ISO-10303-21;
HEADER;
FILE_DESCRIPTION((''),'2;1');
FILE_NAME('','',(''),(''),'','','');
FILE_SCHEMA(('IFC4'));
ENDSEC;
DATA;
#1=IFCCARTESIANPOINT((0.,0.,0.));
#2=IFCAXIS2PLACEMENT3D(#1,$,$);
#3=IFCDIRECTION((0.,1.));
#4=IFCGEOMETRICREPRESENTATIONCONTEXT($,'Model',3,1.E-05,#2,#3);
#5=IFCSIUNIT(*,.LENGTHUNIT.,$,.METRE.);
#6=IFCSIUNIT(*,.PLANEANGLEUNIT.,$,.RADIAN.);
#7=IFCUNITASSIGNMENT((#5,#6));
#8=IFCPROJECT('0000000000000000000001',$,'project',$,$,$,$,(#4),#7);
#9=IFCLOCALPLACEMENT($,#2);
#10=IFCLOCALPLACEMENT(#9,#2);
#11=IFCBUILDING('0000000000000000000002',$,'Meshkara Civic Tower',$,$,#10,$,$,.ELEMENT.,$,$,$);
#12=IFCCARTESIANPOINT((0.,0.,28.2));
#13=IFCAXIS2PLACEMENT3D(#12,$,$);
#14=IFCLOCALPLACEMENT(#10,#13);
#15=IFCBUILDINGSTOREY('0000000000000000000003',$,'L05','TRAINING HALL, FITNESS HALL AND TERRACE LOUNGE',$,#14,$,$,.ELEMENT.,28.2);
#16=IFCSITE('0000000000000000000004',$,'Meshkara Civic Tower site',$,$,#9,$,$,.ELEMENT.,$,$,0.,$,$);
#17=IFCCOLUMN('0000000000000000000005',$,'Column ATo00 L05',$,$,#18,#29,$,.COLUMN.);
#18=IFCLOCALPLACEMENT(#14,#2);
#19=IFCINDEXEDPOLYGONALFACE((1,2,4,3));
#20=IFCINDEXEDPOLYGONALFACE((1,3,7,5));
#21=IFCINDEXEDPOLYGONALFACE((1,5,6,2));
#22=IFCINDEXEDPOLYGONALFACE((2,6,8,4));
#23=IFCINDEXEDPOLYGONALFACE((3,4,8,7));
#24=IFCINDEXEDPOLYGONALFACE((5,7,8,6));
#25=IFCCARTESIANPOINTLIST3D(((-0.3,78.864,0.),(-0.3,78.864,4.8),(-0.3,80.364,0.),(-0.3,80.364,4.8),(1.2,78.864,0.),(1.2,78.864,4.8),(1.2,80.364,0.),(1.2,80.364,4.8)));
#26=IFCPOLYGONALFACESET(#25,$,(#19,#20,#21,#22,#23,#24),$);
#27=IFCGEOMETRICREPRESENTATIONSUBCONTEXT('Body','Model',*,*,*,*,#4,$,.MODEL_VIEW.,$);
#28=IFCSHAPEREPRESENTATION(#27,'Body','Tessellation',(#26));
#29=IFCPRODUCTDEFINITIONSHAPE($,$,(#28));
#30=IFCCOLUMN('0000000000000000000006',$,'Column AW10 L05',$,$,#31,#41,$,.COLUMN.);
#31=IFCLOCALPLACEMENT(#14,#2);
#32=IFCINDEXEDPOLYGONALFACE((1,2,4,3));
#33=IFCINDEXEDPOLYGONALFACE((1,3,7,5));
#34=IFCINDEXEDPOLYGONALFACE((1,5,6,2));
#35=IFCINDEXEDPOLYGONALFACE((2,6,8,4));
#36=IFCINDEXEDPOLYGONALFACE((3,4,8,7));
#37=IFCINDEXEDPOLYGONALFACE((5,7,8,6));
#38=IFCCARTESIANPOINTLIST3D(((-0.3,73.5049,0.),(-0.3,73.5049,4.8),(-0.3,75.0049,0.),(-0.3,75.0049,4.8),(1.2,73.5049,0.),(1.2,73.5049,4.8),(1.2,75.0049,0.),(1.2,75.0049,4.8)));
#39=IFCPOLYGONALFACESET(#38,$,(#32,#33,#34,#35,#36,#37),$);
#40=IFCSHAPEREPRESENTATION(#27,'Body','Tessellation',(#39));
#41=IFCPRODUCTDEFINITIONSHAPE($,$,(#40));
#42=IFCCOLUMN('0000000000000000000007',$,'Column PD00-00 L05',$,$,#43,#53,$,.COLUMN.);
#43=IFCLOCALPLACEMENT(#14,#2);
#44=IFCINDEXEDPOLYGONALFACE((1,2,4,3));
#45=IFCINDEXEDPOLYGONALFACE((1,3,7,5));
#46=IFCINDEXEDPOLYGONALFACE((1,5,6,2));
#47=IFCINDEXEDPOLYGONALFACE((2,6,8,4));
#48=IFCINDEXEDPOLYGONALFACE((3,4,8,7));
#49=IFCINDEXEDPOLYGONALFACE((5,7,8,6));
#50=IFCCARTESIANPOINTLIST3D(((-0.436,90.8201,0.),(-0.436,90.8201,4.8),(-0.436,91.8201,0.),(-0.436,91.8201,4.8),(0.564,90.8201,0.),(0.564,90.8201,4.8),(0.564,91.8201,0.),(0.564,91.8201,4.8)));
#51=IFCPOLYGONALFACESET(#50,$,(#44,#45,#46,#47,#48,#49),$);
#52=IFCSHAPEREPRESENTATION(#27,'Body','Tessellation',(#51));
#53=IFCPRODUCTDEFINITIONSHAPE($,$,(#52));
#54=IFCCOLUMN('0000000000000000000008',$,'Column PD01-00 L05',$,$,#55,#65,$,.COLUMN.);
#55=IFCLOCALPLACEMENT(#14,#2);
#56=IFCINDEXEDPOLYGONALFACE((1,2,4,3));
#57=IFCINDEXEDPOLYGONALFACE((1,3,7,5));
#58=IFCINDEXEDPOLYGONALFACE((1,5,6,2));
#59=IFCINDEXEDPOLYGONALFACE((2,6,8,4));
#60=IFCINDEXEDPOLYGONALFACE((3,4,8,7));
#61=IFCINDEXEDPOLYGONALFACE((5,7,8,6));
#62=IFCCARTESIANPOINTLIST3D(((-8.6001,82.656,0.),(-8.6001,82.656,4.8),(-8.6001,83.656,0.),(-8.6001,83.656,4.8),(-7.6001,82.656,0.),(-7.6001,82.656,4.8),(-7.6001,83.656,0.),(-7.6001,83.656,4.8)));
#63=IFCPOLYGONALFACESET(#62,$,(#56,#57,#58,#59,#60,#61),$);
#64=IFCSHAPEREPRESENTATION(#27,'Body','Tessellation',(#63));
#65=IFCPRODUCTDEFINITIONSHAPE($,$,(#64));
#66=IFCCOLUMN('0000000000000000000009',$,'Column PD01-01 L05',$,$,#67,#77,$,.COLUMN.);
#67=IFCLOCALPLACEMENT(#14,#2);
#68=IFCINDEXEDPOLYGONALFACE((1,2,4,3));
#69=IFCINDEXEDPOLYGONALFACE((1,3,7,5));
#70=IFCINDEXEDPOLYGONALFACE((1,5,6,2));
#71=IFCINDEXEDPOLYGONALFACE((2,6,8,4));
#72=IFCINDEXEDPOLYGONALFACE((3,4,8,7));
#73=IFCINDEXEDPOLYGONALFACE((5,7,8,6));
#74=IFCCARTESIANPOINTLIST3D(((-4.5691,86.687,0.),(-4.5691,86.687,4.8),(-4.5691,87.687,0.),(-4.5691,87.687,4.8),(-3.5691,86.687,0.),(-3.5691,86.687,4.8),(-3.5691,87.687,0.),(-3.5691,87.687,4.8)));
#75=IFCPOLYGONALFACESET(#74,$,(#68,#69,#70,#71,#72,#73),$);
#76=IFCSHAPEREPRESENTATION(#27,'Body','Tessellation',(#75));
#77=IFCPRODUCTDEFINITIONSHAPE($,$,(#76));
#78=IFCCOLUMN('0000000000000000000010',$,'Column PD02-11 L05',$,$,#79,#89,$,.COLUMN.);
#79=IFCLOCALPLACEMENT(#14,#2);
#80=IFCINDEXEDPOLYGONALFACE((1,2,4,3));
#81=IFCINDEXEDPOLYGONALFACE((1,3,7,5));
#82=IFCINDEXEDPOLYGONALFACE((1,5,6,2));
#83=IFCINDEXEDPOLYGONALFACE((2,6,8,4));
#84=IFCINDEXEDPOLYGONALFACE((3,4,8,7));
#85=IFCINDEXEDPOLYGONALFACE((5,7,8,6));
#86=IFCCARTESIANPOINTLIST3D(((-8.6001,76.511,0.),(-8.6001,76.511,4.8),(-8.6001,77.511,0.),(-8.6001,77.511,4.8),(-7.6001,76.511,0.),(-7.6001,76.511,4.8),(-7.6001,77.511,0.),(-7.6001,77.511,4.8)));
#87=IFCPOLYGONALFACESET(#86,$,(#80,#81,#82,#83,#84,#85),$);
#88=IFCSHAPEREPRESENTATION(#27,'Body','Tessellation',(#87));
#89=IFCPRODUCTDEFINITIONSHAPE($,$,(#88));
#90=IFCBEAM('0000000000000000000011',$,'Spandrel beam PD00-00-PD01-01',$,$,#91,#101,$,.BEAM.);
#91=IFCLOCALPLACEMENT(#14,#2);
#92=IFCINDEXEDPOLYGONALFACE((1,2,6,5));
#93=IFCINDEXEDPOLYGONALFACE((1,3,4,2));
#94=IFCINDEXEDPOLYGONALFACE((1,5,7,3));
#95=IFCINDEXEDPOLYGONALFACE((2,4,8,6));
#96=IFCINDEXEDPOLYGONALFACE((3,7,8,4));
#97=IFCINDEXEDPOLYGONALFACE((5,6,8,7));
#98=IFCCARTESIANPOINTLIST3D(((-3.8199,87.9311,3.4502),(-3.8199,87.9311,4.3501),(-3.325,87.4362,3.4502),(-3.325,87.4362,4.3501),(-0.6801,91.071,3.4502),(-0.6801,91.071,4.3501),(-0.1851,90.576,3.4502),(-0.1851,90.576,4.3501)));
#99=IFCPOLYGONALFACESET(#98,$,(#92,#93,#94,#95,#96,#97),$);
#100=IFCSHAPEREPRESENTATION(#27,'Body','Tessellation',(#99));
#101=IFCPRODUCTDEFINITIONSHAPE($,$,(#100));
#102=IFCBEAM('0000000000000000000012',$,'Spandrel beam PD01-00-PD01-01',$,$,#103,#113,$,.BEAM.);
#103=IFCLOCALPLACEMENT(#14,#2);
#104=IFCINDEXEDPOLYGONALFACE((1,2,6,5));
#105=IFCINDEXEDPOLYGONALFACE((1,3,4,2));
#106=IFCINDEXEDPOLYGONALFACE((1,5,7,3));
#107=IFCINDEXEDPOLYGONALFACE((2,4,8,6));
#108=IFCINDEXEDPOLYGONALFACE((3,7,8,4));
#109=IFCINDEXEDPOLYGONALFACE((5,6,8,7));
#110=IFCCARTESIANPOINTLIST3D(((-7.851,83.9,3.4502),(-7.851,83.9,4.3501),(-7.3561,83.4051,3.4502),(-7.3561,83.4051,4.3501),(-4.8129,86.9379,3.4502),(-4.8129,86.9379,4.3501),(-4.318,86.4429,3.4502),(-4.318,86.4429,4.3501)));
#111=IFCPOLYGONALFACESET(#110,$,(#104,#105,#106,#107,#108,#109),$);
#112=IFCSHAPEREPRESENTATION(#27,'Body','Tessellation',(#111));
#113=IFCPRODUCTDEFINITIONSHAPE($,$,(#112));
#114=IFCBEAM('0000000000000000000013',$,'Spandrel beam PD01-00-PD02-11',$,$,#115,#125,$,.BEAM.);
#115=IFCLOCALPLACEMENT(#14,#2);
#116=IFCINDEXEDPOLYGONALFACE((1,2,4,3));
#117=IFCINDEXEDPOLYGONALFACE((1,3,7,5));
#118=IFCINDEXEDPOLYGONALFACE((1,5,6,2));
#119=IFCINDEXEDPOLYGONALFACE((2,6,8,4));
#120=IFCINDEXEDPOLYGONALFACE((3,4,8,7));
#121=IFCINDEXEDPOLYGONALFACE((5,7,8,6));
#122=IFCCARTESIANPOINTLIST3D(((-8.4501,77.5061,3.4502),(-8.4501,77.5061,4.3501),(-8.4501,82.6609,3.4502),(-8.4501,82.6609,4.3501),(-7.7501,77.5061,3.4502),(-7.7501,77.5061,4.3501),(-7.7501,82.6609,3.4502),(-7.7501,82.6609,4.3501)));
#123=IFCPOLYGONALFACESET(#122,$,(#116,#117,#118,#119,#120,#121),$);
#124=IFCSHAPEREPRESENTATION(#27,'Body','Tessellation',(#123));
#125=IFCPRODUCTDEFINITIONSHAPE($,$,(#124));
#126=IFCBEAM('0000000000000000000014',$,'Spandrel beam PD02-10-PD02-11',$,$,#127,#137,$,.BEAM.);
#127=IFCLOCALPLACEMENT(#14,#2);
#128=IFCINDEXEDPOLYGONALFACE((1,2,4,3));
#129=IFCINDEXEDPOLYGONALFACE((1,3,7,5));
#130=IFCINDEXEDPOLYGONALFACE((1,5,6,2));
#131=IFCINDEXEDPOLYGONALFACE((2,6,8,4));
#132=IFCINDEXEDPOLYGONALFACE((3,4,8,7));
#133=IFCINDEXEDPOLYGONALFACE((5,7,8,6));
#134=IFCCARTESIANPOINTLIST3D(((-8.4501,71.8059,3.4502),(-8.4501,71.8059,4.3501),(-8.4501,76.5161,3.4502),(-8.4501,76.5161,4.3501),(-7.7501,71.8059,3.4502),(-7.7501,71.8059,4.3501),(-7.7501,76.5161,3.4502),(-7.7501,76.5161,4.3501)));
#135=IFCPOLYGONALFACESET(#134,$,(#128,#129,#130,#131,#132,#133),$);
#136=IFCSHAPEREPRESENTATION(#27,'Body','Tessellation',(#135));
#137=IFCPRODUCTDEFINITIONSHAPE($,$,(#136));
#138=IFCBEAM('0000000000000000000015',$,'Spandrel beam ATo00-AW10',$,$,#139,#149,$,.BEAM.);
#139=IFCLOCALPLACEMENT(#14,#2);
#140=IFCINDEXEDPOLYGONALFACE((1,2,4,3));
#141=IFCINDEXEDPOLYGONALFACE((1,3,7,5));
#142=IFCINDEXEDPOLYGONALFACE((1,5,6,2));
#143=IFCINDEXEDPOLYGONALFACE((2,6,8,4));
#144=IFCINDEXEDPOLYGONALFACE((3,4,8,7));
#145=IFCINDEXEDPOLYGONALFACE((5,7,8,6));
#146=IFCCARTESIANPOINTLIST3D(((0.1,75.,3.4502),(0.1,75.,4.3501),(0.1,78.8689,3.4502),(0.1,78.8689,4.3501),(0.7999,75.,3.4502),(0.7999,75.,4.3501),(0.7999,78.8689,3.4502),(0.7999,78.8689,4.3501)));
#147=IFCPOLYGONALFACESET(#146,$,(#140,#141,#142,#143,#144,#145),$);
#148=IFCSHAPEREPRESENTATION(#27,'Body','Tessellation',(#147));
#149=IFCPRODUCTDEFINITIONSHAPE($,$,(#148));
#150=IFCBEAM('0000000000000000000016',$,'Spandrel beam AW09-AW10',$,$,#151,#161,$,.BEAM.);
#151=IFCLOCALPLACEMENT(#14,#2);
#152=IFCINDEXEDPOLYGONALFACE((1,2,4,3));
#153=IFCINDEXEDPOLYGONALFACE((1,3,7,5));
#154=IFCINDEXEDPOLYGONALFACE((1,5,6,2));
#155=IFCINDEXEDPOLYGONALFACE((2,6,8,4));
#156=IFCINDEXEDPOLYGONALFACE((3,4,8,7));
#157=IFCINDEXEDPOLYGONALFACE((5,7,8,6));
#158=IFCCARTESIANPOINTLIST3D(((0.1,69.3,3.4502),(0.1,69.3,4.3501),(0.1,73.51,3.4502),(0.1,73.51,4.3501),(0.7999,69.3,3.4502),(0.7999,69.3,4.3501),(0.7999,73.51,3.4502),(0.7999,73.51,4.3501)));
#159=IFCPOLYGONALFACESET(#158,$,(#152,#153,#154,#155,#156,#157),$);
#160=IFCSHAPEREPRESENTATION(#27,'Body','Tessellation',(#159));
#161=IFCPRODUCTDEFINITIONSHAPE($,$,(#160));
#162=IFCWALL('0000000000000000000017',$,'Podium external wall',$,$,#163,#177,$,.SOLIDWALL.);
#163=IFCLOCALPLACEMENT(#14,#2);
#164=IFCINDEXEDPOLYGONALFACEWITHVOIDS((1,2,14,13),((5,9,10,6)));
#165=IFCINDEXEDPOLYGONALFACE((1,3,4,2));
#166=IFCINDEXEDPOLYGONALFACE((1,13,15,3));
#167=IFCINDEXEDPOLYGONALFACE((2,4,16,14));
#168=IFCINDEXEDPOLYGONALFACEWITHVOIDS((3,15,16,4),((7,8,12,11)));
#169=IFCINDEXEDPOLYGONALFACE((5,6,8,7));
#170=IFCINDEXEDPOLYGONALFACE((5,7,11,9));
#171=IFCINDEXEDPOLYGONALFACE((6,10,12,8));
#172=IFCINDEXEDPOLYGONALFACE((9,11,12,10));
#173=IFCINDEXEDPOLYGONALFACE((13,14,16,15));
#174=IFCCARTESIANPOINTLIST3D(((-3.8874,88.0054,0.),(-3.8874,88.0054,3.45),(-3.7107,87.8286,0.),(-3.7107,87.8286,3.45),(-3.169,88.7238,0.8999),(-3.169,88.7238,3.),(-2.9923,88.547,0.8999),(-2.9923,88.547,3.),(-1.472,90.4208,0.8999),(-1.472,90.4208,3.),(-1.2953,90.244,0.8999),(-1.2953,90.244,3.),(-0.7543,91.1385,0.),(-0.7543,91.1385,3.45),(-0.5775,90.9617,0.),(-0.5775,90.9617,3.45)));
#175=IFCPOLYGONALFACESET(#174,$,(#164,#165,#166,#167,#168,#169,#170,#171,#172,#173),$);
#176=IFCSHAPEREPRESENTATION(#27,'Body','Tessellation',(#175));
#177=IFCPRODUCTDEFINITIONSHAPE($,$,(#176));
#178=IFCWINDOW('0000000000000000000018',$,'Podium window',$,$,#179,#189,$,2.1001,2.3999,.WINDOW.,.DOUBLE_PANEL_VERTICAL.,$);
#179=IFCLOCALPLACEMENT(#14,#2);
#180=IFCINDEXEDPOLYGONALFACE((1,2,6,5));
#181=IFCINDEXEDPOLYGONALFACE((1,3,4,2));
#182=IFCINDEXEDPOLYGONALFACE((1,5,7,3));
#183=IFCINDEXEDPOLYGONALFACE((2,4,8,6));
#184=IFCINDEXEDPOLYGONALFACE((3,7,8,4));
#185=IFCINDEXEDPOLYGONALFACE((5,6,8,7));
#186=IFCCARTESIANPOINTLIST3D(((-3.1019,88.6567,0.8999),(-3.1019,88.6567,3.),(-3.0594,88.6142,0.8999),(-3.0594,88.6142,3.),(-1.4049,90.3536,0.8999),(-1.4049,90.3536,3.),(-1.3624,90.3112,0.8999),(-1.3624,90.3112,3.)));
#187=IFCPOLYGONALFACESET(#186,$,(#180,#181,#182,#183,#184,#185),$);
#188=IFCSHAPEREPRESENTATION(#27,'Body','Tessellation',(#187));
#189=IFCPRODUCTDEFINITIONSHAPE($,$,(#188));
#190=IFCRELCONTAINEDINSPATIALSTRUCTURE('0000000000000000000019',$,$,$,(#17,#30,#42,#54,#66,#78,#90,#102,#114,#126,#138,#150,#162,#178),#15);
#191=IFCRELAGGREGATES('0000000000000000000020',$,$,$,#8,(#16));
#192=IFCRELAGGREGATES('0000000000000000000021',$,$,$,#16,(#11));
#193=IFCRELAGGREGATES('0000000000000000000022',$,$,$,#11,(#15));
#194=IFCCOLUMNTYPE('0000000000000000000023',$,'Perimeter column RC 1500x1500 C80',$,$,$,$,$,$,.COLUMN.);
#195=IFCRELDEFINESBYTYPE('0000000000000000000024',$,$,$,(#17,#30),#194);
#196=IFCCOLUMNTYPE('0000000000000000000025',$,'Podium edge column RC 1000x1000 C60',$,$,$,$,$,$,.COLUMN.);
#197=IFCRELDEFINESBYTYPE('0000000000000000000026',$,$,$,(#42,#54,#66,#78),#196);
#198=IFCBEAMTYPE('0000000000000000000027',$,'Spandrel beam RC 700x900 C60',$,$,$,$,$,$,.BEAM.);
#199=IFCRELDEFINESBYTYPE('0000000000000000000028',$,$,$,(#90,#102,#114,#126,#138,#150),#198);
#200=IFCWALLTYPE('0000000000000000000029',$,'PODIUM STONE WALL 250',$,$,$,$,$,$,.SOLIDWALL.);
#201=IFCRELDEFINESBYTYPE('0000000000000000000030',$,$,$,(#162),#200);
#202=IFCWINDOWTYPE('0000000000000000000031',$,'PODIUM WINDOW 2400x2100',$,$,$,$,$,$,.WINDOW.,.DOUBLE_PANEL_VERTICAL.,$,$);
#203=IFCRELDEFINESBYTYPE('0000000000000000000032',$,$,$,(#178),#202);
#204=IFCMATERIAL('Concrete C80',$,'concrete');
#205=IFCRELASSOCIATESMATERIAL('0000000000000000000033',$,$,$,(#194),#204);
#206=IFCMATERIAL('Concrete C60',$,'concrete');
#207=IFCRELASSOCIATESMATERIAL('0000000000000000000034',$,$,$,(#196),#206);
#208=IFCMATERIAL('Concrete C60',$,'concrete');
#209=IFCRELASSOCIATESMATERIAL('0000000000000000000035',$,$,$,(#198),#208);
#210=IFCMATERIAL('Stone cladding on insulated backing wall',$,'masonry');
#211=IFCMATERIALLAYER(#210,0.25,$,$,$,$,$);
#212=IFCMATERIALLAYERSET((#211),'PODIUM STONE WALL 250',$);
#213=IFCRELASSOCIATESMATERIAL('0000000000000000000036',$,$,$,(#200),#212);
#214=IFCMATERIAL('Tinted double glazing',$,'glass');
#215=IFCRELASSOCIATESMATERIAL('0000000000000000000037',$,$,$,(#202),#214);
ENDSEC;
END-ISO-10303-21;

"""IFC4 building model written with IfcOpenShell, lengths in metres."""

from ifc_helpers import new_model, si_unit, direction, frame, frame_2d, origin, origin_2d, place, context, subcontext, project, spatial, rectangle, extrude, material, layer, layer_set, material_profile, profile_set, type_object, element, fill, save


model = new_model("IFC4")

# Units and contexts
model_context = context("Model", 3, precision=1e-05, world=origin(), true_north=direction((0.0, 1.0)))
body_context = subcontext(model_context, "Body", "Model", "MODEL_VIEW")
ifc_project = project(units=[si_unit("LENGTHUNIT", "METRE"), si_unit("PLANEANGLEUNIT", "RADIAN")], contexts=[model_context])

# Site, building, storey
site_placement = place(None, origin())
site = spatial("IfcSite", under=ifc_project, at=site_placement, Name="Meshkara Civic Tower site", CompositionType="ELEMENT", RefElevation=0.0)
building_placement = place(site_placement, origin())
building = spatial("IfcBuilding", under=site, at=building_placement, Name="Meshkara Civic Tower", CompositionType="ELEMENT")
storey_placement = place(building_placement, frame((0.0, 0.0, 28.2)))
storey = spatial("IfcBuildingStorey", under=building, at=storey_placement, Name="L05", Description="TRAINING HALL, FITNESS HALL AND TERRACE LOUNGE", CompositionType="ELEMENT", Elevation=28.2)

# Columns
ifc_material_1 = material(Name="Concrete C80", Category="concrete")
ifc_material_profile_1 = material_profile(ifc_material_1, rectangle(XDim=1.5, YDim=1.5, at=origin_2d()))
ifc_profile_set_1 = profile_set([ifc_material_profile_1], Name="Concrete C80")
column_type_1 = type_object("IfcColumnType", Name="Perimeter column RC 1500x1500 C80", PredefinedType="COLUMN", material=ifc_profile_set_1)
for number, where, z_axis, x_axis, name in (
    (1, (0.45, 79.614, 0.0), (0.0, 0.0, 1.0), (1.0, 0.0, 0.0), "Column ATo00 L05"),
    (2, (0.45, 74.2549, 0.0), (0.0, 0.0, 1.0), (1.0, 0.0, 0.0), "Column AW10 L05"),
):
    element("IfcColumn", number, at=place(storey_placement, frame(where, z_axis=z_axis, x_axis=x_axis)), inside=storey, type_object=column_type_1, Name=name, PredefinedType="COLUMN", context=body_context, shape_type="SweptSolid", body=[
        extrude(rectangle(XDim=1.5, YDim=1.5, at=origin_2d()), origin(), (0.0, 0.0, 1.0), 4.8),
    ])
ifc_material_2 = material(Name="Concrete C60", Category="concrete")
ifc_material_profile_2 = material_profile(ifc_material_2, rectangle(XDim=1.0, YDim=1.0, at=origin_2d()))
ifc_profile_set_2 = profile_set([ifc_material_profile_2], Name="Concrete C60")
column_type_2 = type_object("IfcColumnType", Name="Podium edge column RC 1000x1000 C60", PredefinedType="COLUMN", material=ifc_profile_set_2)
for number, where, z_axis, x_axis, name in (
    (3, (0.064, 91.3201, 0.0), (0.0, 0.0, 1.0), (1.0, 0.0, 0.0), "Column PD00-00 L05"),
    (4, (-8.1001, 83.156, 0.0), (0.0, 0.0, 1.0), (1.0, 0.0, 0.0), "Column PD01-00 L05"),
    (5, (-4.0691, 87.187, 0.0), (0.0, 0.0, 1.0), (1.0, 0.0, 0.0), "Column PD01-01 L05"),
    (6, (-8.1001, 77.011, 0.0), (0.0, 0.0, 1.0), (1.0, 0.0, 0.0), "Column PD02-11 L05"),
):
    element("IfcColumn", number, at=place(storey_placement, frame(where, z_axis=z_axis, x_axis=x_axis)), inside=storey, type_object=column_type_2, Name=name, PredefinedType="COLUMN", context=body_context, shape_type="SweptSolid", body=[
        extrude(rectangle(XDim=1.0, YDim=1.0, at=origin_2d()), origin(), (0.0, 0.0, 1.0), 4.8),
    ])

# Beams
ifc_material_3 = material(Name="Concrete C60", Category="concrete")
ifc_material_profile_3 = material_profile(ifc_material_3, rectangle(XDim=0.7, YDim=0.8999, at=origin_2d()))
ifc_profile_set_3 = profile_set([ifc_material_profile_3], Name="Concrete C60")
beam_type = type_object("IfcBeamType", Name="Spandrel beam RC 700x900 C60", PredefinedType="BEAM", material=ifc_profile_set_3)
beam_1_placement = place(storey_placement, frame((-0.4326, 90.8235, 3.9001), z_axis=(-0.707107, -0.707107, 0.0), x_axis=(0.707107, -0.707107, 0.0)))
element("IfcBeam", 7, at=beam_1_placement, inside=storey, type_object=beam_type, Name="Spandrel beam PD00-00-PD01-01", PredefinedType="BEAM", context=body_context, shape_type="SweptSolid", body=[
    extrude(rectangle(XDim=0.7, YDim=0.8999, at=origin_2d()), origin(), (0.0, 0.0, 1.0), 4.4404),
])
beam_2_placement = place(storey_placement, frame((-4.5654, 86.6904, 3.9001), z_axis=(-0.707135, -0.707078, 0.0), x_axis=(0.707078, -0.707135, 0.0)))
element("IfcBeam", 8, at=beam_2_placement, inside=storey, type_object=beam_type, Name="Spandrel beam PD01-00-PD01-01", PredefinedType="BEAM", context=body_context, shape_type="SweptSolid", body=[
    extrude(rectangle(XDim=0.7, YDim=0.8999, at=origin_2d()), origin(), (0.0, 0.0, 1.0), 4.2964),
])
beam_3_placement = place(storey_placement, frame((-8.1001, 82.6609, 3.9001), z_axis=(0.0, -1.0, 0.0), x_axis=(1.0, 0.0, 0.0)))
element("IfcBeam", 9, at=beam_3_placement, inside=storey, type_object=beam_type, Name="Spandrel beam PD01-00-PD02-11", PredefinedType="BEAM", context=body_context, shape_type="SweptSolid", body=[
    extrude(rectangle(XDim=0.7, YDim=0.8999, at=origin_2d()), origin(), (0.0, 0.0, 1.0), 5.1548),
])
beam_4_placement = place(storey_placement, frame((-8.1001, 76.5161, 3.9001), z_axis=(0.0, -1.0, 0.0), x_axis=(1.0, 0.0, 0.0)))
element("IfcBeam", 10, at=beam_4_placement, inside=storey, type_object=beam_type, Name="Spandrel beam PD02-10-PD02-11", PredefinedType="BEAM", context=body_context, shape_type="SweptSolid", body=[
    extrude(rectangle(XDim=0.7, YDim=0.8999, at=origin_2d()), origin(), (0.0, 0.0, 1.0), 4.7102),
])
beam_5_placement = place(storey_placement, frame((0.45, 78.8689, 3.9001), z_axis=(0.0, -1.0, 0.0), x_axis=(1.0, 0.0, 0.0)))
element("IfcBeam", 11, at=beam_5_placement, inside=storey, type_object=beam_type, Name="Spandrel beam ATo00-AW10", PredefinedType="BEAM", context=body_context, shape_type="SweptSolid", body=[
    extrude(rectangle(XDim=0.7, YDim=0.8999, at=origin_2d()), origin(), (0.0, 0.0, 1.0), 3.8689),
])
beam_6_placement = place(storey_placement, frame((0.45, 73.51, 3.9001), z_axis=(0.0, -1.0, 0.0), x_axis=(1.0, 0.0, 0.0)))
element("IfcBeam", 12, at=beam_6_placement, inside=storey, type_object=beam_type, Name="Spandrel beam AW09-AW10", PredefinedType="BEAM", context=body_context, shape_type="SweptSolid", body=[
    extrude(rectangle(XDim=0.7, YDim=0.8999, at=origin_2d()), origin(), (0.0, 0.0, 1.0), 4.21),
])

# Wall, opening, window
ifc_material_4 = material(Name="Stone cladding on insulated backing wall", Category="masonry")
ifc_layer = layer(ifc_material_4, 0.25)
ifc_layer_set = layer_set([ifc_layer], Name="PODIUM STONE WALL 250")
wall_type = type_object("IfcWallType", Name="PODIUM STONE WALL 250", PredefinedType="SOLIDWALL", material=ifc_layer_set)
wall_1_placement = place(storey_placement, frame((-0.666, 91.05, 0.0), z_axis=(0.0, 0.0, 1.0), x_axis=(-0.707107, -0.707107, 0.0)))
wall_1 = element("IfcWall", 13, at=wall_1_placement, inside=storey, type_object=wall_type, Name="Podium external wall", PredefinedType="SOLIDWALL", context=body_context, shape_type="SweptSolid", body=[
    extrude(rectangle(XDim=4.4309, YDim=0.25, at=frame_2d((2.2153, 0.0))), origin(), (0.0, 0.0, 1.0), 3.45),
])
opening_1_placement = place(wall_1_placement, frame((1.0149, 0.0, 0.8999)))
opening_1 = element("IfcOpeningElement", 14, at=opening_1_placement, cuts=wall_1, PredefinedType="OPENING", context=body_context, shape_type="SweptSolid", body=[
    extrude(rectangle(XDim=2.3999, YDim=2.1001, at=frame_2d((1.2, 1.05))), frame((0.0, 0.135, 0.0), z_axis=(0.0, -1.0, 0.0), x_axis=(1.0, 0.0, 0.0)), (0.0, 0.0, 1.0), 0.27),
])
ifc_material_5 = material(Name="Tinted double glazing", Category="glass")
window_type = type_object("IfcWindowType", Name="PODIUM WINDOW 2400x2100", PartitioningType="DOUBLE_PANEL_VERTICAL", PredefinedType="WINDOW", material=ifc_material_5)
window_1_placement = place(opening_1_placement, origin())
window_1 = element("IfcWindow", 15, at=window_1_placement, inside=storey, type_object=window_type, Name="Podium window", OverallHeight=2.1001, OverallWidth=2.3999, PartitioningType="DOUBLE_PANEL_VERTICAL", PredefinedType="WINDOW", context=body_context, shape_type="SweptSolid", body=[
    extrude(rectangle(XDim=2.3999, YDim=2.1001, at=frame_2d((1.2, 1.05))), frame((0.0, 0.03, 0.0), z_axis=(0.0, -1.0, 0.0), x_axis=(1.0, 0.0, 0.0)), (0.0, 0.0, 1.0), 0.0601),
])
fill(opening_1, window_1)

save(model, "model.ifc")
